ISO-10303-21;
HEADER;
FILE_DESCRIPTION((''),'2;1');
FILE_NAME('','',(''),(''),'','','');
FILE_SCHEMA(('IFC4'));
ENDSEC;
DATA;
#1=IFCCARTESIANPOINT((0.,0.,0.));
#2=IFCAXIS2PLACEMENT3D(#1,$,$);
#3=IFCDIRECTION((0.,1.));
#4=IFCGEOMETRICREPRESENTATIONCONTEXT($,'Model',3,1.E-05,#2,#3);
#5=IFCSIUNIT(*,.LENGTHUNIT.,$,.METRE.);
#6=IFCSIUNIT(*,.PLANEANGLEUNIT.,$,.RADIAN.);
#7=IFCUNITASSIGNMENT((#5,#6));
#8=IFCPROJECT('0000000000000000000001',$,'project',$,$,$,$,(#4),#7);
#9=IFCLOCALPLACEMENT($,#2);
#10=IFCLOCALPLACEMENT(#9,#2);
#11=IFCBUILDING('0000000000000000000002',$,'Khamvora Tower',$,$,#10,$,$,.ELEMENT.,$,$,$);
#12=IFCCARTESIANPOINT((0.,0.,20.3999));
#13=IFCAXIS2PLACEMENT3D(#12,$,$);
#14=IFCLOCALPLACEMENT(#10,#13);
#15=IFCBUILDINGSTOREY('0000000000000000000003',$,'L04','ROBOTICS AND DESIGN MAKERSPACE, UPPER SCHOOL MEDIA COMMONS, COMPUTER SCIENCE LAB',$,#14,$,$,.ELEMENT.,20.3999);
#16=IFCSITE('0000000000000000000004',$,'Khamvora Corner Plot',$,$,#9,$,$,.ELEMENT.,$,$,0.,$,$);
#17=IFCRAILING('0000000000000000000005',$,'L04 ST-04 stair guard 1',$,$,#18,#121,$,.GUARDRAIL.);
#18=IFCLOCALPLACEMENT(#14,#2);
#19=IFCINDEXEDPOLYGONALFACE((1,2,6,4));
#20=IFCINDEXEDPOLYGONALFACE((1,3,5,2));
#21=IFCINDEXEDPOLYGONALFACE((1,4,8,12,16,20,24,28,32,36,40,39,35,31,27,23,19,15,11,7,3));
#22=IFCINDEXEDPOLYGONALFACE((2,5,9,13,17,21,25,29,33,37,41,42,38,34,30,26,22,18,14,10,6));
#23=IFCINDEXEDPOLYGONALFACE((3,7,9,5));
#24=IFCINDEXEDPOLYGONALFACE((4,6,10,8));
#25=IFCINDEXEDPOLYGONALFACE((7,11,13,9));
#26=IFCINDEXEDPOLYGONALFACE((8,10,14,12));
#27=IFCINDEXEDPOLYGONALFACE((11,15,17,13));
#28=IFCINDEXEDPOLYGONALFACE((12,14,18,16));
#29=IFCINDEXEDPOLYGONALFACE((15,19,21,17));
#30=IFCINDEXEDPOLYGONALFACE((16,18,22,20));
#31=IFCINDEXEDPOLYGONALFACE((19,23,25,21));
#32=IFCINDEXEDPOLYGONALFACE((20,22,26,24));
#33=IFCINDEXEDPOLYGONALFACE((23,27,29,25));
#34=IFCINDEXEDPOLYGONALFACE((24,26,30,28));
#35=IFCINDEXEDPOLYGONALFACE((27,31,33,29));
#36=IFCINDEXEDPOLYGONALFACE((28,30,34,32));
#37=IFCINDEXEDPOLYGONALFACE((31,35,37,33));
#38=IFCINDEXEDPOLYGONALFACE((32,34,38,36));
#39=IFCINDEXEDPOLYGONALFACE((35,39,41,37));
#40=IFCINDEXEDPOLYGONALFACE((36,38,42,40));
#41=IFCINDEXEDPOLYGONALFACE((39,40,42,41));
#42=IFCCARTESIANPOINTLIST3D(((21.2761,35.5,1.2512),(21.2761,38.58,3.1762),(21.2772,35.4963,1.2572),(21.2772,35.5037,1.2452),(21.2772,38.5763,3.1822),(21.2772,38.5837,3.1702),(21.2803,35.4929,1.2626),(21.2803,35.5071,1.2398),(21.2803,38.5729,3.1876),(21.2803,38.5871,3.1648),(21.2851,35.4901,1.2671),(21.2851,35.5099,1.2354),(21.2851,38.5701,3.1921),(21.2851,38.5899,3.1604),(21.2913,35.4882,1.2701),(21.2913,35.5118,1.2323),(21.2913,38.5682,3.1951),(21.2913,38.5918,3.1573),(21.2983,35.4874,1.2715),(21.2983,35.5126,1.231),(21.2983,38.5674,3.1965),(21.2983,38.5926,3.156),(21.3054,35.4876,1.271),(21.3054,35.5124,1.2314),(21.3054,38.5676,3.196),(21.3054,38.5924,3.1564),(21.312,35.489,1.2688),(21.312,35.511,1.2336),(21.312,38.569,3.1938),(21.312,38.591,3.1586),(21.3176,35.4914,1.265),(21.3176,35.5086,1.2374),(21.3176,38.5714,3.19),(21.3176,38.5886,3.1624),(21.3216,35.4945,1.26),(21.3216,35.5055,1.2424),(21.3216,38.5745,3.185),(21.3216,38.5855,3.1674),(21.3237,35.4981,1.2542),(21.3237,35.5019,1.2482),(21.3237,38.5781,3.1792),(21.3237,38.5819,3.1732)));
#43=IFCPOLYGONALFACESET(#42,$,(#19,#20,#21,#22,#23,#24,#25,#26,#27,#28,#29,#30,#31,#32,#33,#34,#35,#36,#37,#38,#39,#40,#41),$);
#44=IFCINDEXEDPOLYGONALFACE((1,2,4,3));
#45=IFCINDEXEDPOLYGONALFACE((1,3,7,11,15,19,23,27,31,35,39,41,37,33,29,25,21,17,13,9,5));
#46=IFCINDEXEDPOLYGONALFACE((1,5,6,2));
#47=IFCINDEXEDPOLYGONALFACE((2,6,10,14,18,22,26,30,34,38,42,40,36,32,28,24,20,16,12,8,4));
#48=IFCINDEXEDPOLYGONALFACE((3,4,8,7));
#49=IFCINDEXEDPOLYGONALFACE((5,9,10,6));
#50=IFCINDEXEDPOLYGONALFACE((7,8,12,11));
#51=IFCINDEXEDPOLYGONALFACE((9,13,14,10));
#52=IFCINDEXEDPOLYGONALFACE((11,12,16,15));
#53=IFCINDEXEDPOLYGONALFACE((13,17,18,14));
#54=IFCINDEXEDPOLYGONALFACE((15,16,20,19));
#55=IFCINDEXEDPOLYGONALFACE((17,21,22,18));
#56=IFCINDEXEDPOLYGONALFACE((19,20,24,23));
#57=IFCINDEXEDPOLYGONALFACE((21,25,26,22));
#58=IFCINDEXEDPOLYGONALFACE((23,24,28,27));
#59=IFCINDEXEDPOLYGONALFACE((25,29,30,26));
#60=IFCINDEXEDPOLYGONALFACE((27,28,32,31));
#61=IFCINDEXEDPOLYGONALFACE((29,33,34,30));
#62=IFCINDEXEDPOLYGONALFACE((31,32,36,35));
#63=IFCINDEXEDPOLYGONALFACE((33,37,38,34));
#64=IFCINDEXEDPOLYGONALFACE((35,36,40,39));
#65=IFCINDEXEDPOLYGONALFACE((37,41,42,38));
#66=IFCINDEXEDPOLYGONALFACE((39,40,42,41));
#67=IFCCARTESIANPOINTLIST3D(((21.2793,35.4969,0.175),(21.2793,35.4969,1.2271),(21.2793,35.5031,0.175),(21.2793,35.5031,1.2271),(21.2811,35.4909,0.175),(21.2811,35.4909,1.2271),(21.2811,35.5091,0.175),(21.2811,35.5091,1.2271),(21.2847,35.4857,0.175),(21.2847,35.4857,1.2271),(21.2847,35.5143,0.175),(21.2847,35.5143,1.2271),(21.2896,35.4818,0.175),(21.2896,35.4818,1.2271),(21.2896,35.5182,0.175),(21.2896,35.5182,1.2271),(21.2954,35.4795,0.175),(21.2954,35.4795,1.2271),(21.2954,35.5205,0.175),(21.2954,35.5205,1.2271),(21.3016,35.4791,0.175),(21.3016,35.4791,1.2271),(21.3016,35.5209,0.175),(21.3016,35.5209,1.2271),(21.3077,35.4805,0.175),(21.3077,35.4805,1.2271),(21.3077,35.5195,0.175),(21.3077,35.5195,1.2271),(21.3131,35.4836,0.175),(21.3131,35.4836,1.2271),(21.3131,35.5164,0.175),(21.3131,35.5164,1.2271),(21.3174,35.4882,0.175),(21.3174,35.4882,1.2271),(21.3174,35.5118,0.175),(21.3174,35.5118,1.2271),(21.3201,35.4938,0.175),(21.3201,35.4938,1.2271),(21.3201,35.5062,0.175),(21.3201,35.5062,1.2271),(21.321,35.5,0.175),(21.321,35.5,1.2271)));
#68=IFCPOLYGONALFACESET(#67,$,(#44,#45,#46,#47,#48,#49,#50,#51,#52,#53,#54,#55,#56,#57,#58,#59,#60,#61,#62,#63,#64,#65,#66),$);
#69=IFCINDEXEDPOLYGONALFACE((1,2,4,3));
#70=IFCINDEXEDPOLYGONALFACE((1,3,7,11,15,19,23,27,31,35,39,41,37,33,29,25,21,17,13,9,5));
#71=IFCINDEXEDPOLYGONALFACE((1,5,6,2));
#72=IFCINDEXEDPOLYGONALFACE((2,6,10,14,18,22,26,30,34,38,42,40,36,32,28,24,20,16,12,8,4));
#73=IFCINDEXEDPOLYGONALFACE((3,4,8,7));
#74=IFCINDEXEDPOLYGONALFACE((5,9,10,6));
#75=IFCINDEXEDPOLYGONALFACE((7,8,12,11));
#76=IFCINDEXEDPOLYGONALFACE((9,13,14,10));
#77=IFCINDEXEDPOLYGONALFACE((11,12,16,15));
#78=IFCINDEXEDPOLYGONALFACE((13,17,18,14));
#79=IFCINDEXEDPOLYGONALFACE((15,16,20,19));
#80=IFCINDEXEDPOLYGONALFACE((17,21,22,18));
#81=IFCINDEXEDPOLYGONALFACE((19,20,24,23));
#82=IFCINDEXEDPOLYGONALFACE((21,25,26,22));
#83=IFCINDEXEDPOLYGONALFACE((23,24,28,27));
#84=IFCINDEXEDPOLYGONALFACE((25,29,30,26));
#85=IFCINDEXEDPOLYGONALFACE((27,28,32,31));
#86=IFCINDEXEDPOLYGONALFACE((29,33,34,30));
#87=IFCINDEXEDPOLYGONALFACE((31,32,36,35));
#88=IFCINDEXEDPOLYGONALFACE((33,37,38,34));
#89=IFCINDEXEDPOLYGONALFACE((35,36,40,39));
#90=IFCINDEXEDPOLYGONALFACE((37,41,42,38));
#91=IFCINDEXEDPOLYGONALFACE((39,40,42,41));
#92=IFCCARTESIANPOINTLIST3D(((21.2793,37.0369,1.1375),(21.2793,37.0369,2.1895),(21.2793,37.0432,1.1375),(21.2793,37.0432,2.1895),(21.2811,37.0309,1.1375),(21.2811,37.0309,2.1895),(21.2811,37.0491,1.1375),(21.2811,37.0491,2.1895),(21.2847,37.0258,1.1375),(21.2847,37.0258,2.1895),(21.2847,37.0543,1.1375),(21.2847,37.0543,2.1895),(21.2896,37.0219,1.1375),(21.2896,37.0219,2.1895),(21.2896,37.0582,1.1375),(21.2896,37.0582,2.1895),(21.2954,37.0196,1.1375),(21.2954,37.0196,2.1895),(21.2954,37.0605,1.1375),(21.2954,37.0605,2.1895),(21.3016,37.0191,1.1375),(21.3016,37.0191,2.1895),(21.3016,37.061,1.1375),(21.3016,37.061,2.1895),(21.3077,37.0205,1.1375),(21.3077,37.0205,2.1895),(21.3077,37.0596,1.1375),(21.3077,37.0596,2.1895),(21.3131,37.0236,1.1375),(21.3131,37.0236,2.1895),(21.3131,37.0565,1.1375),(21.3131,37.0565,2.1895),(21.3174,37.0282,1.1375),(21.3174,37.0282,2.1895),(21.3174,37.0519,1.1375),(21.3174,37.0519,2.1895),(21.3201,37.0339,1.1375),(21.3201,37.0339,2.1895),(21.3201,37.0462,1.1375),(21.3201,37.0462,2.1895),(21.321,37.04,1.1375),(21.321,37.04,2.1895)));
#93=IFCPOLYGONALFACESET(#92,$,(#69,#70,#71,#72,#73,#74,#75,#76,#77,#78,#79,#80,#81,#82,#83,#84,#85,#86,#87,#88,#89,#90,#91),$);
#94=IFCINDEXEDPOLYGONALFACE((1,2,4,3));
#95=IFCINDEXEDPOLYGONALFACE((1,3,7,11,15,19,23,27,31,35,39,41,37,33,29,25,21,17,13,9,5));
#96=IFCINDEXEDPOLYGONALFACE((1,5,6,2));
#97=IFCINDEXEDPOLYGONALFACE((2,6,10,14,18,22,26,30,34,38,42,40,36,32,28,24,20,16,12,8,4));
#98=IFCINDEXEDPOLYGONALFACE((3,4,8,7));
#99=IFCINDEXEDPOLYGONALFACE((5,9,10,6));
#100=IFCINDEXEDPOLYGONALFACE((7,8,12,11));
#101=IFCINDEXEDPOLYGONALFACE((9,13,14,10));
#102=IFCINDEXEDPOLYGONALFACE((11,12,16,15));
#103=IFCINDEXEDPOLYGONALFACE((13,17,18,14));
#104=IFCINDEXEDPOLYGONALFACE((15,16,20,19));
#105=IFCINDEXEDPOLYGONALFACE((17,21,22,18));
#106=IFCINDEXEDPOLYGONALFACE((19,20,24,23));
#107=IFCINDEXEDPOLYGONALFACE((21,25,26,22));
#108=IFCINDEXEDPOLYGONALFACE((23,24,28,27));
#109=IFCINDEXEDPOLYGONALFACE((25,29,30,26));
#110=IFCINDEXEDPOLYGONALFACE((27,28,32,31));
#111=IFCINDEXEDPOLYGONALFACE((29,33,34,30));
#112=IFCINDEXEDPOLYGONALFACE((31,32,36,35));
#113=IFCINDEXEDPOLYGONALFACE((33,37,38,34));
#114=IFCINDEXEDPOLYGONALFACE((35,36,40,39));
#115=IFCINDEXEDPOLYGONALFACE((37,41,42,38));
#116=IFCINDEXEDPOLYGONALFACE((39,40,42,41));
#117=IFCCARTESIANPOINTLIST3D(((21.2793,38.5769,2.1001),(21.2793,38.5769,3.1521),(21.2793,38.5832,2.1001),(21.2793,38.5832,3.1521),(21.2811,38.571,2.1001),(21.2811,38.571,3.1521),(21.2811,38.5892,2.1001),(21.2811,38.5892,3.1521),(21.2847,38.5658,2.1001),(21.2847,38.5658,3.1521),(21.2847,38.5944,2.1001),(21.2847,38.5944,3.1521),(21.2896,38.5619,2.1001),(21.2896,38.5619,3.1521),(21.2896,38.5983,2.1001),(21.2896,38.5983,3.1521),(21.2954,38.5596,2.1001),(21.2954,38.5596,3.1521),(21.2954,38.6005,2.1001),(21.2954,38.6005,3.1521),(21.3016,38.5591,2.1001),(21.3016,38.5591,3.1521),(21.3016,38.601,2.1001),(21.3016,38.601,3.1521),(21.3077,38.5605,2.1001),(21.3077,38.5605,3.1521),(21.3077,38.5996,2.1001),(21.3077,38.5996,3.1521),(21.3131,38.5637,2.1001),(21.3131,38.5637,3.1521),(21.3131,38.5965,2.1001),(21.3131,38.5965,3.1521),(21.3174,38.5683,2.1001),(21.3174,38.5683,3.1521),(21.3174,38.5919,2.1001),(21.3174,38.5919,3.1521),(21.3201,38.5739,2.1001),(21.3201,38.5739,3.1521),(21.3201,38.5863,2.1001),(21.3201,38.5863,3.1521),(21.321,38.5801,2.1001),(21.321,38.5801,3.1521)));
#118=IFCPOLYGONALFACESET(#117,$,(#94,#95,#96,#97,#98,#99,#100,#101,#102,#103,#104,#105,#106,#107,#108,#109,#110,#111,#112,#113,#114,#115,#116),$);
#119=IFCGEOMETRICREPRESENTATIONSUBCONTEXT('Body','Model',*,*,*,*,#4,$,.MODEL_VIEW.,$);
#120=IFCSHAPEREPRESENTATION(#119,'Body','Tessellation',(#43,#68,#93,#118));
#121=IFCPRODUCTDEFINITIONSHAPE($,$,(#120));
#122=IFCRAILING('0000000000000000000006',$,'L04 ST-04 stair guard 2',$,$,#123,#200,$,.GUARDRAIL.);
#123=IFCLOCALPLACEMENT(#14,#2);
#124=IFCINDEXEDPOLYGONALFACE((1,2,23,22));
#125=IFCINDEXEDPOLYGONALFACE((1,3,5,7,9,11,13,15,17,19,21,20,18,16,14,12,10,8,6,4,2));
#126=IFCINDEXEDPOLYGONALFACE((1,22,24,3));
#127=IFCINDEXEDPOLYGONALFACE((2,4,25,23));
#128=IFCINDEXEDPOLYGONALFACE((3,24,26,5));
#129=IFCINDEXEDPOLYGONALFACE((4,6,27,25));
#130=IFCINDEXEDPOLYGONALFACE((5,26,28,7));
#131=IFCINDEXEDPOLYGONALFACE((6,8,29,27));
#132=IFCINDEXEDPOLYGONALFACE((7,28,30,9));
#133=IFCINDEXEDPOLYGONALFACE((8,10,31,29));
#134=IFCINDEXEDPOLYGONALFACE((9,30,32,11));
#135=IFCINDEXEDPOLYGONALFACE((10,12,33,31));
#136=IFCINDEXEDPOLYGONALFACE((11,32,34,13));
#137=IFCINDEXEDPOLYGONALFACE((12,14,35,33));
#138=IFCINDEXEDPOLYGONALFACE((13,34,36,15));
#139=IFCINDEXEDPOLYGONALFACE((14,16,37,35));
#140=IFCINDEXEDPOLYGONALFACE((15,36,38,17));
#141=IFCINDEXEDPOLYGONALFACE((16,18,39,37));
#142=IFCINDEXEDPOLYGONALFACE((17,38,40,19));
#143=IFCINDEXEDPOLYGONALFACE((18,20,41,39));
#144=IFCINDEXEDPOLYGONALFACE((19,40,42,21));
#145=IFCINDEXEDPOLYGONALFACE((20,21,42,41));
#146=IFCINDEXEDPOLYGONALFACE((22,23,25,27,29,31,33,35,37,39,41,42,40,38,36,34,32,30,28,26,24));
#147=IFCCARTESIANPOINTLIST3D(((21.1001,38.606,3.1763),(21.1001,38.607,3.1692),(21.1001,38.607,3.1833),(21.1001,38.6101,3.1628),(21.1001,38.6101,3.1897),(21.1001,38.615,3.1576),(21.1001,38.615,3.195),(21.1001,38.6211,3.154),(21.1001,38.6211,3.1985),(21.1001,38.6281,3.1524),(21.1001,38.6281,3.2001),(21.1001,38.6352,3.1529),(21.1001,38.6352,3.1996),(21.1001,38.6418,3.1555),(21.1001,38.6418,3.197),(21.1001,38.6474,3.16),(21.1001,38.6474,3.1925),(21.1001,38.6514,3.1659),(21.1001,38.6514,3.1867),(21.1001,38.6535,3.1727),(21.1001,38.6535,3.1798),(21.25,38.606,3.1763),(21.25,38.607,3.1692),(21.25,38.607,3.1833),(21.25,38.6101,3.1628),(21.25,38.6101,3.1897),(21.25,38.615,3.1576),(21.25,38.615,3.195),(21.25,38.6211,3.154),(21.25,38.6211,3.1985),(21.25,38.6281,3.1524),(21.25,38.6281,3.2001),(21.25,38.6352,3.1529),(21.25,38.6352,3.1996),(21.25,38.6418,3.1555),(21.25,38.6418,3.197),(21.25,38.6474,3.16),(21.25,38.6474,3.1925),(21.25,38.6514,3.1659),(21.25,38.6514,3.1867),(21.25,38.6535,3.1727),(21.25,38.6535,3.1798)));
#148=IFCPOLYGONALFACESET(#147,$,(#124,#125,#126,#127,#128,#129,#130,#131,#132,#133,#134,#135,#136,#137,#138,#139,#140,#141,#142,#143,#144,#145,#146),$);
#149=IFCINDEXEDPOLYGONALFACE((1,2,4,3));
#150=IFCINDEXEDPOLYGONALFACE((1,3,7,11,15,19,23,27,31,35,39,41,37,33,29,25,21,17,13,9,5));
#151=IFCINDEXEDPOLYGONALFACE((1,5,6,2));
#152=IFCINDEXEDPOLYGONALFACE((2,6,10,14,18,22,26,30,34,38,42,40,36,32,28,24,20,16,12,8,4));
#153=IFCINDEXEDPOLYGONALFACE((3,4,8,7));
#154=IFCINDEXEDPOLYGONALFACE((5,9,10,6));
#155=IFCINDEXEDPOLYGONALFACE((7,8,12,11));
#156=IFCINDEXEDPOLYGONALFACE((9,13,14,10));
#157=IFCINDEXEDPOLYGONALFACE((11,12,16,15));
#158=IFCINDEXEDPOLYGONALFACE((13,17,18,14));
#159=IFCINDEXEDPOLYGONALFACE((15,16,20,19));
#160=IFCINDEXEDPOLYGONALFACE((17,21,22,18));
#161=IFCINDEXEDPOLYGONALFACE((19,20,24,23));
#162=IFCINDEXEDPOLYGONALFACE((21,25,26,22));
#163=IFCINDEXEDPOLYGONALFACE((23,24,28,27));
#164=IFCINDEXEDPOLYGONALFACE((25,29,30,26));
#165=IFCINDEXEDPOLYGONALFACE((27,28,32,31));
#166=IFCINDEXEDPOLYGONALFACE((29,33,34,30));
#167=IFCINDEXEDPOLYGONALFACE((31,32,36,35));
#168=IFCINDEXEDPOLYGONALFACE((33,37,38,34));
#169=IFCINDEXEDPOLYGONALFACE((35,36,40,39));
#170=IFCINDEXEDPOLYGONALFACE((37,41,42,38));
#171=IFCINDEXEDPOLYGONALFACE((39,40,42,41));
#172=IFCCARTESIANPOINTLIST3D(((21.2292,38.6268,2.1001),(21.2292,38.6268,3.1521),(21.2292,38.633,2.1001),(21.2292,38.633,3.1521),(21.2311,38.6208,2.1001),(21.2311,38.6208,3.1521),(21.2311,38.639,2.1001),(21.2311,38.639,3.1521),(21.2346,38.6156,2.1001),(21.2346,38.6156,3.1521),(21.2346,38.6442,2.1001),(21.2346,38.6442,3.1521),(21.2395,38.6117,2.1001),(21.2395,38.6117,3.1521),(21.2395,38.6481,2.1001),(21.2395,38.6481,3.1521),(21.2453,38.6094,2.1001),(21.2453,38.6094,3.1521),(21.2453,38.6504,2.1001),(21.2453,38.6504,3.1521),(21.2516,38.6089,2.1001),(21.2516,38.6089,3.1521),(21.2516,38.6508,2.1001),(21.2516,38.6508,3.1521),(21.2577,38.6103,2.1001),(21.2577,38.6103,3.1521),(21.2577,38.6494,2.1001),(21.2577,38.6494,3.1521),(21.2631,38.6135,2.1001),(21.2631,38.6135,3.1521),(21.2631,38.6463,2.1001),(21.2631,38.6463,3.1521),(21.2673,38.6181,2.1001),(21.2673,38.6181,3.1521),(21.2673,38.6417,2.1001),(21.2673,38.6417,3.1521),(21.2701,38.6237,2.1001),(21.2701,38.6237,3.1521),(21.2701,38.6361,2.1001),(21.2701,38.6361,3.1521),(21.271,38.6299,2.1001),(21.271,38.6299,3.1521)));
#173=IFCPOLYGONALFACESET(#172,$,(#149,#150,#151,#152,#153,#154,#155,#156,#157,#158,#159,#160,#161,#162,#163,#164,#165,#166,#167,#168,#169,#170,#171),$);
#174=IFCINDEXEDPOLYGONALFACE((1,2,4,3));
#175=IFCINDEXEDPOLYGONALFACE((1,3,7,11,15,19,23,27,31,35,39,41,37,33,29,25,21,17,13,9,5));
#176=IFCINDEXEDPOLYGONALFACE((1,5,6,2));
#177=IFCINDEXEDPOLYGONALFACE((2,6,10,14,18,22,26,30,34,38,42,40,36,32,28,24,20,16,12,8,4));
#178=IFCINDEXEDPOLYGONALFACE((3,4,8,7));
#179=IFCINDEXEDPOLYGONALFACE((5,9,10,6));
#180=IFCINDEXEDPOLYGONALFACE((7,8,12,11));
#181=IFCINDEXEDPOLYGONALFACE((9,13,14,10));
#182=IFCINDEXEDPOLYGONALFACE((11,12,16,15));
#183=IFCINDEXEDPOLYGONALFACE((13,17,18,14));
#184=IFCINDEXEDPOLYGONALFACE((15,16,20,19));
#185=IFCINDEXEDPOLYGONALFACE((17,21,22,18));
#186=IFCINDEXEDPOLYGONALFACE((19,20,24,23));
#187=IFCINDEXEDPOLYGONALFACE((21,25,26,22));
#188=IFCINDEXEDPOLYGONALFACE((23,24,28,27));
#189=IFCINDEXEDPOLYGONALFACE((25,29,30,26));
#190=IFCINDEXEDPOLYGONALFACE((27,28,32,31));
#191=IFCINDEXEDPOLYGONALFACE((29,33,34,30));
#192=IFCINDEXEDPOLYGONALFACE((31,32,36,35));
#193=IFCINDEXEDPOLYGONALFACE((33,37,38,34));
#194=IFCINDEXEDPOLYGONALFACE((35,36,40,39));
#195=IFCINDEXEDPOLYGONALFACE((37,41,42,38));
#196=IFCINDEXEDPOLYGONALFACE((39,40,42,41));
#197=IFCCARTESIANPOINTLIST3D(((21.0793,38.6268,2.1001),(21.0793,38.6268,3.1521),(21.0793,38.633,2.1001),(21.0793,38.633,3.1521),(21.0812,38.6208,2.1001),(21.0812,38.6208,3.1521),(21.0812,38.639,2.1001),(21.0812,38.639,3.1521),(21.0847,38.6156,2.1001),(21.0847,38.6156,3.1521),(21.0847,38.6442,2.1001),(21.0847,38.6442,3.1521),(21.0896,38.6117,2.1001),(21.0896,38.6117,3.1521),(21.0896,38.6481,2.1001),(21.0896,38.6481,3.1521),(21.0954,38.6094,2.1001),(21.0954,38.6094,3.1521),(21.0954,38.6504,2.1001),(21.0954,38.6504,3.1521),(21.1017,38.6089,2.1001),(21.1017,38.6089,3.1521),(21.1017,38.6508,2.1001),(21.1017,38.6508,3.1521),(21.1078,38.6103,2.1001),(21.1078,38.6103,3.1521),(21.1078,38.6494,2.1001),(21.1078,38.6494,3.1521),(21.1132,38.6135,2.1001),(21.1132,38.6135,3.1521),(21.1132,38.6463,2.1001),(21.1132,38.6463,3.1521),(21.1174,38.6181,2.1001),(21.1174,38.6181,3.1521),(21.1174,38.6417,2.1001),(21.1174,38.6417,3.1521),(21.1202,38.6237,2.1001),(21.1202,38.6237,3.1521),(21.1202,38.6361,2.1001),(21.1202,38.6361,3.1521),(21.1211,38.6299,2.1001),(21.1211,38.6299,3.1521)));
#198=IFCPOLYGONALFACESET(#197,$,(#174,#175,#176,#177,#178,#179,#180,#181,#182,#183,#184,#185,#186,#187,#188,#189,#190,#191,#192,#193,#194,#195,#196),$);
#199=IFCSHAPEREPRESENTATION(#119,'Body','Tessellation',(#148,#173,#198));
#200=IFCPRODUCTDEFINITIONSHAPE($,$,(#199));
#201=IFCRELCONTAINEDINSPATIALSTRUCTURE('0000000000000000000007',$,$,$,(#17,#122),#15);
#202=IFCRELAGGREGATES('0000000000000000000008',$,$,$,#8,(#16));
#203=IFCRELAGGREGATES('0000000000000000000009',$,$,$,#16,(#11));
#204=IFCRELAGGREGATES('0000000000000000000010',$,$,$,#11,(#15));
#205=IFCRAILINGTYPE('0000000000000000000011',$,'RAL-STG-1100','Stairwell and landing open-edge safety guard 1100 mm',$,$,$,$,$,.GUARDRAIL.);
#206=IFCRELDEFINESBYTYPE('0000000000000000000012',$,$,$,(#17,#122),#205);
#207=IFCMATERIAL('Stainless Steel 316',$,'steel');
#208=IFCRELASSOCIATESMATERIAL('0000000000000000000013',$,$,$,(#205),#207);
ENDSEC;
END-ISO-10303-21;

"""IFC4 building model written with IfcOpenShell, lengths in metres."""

from ifc_helpers import new_model, si_unit, direction, frame, origin, origin_2d, place, context, subcontext, project, spatial, circle, extrude, material, type_object, element, save


model = new_model("IFC4")

# Units and contexts
model_context = context("Model", 3, precision=1e-05, world=origin(), true_north=direction((0.0, 1.0)))
body_context = subcontext(model_context, "Body", "Model", "MODEL_VIEW")
ifc_project = project(units=[si_unit("LENGTHUNIT", "METRE"), si_unit("PLANEANGLEUNIT", "RADIAN")], contexts=[model_context])

# Site, building, storey
site_placement = place(None, origin())
site = spatial("IfcSite", under=ifc_project, at=site_placement, Name="Khamvora Corner Plot", CompositionType="ELEMENT", RefElevation=0.0)
building_placement = place(site_placement, origin())
building = spatial("IfcBuilding", under=site, at=building_placement, Name="Khamvora Tower", CompositionType="ELEMENT")
storey_placement = place(building_placement, frame((0.0, 0.0, 20.3999)))
storey = spatial("IfcBuildingStorey", under=building, at=storey_placement, Name="L04", Description="ROBOTICS AND DESIGN MAKERSPACE, UPPER SCHOOL MEDIA COMMONS, COMPUTER SCIENCE LAB", CompositionType="ELEMENT", Elevation=20.3999)

# Railings
ifc_material_1 = material(Name="Stainless Steel 316", Category="steel")
railing_type_1 = type_object("IfcRailingType", Name="RAL-STG-1100", Description="Stairwell and landing open-edge safety guard 1100 mm", PredefinedType="GUARDRAIL", material=ifc_material_1)
railing_1_placement = place(storey_placement, frame((21.3, 35.5, 0.175)))
element("IfcRailing", 1, at=railing_1_placement, inside=storey, type_object=railing_type_1, Name="L04 ST-04 stair guard 1", PredefinedType="GUARDRAIL", context=body_context, shape_type="SweptSolid", body=[
    extrude(circle(Radius=0.0239, at=origin_2d()), frame((0.0, 0.0, 1.0762), z_axis=(0.0, 0.847998, 0.529999), x_axis=(-1.0, 0.0, 0.0)), (0.0, 0.0, 1.0), 3.6321),
    extrude(circle(Radius=0.021, at=origin_2d()), origin(), (0.0, 0.0, 1.0), 1.052),
    extrude(circle(Radius=0.021, at=origin_2d()), frame((0.0, 1.54, 0.9624)), (0.0, 0.0, 1.0), 1.052),
    extrude(circle(Radius=0.021, at=origin_2d()), frame((0.0, 3.0801, 1.925)), (0.0, 0.0, 1.0), 1.052),
])
railing_2_placement = place(storey_placement, frame((21.25, 38.6299, 2.1001)))
element("IfcRailing", 2, at=railing_2_placement, inside=storey, type_object=railing_type_1, Name="L04 ST-04 stair guard 2", PredefinedType="GUARDRAIL", context=body_context, shape_type="SweptSolid", body=[
    extrude(circle(Radius=0.0239, at=origin_2d()), frame((0.0, 0.0, 1.0762), z_axis=(-1.0, 0.0, 0.0), x_axis=(0.0, -1.0, 0.0)), (0.0, 0.0, 1.0), 0.1499),
    extrude(circle(Radius=0.021, at=origin_2d()), origin(), (0.0, 0.0, 1.0), 1.052),
    extrude(circle(Radius=0.021, at=origin_2d()), frame((-0.1499, 0.0, 0.0)), (0.0, 0.0, 1.0), 1.052),
])

save(model, "model.ifc")
